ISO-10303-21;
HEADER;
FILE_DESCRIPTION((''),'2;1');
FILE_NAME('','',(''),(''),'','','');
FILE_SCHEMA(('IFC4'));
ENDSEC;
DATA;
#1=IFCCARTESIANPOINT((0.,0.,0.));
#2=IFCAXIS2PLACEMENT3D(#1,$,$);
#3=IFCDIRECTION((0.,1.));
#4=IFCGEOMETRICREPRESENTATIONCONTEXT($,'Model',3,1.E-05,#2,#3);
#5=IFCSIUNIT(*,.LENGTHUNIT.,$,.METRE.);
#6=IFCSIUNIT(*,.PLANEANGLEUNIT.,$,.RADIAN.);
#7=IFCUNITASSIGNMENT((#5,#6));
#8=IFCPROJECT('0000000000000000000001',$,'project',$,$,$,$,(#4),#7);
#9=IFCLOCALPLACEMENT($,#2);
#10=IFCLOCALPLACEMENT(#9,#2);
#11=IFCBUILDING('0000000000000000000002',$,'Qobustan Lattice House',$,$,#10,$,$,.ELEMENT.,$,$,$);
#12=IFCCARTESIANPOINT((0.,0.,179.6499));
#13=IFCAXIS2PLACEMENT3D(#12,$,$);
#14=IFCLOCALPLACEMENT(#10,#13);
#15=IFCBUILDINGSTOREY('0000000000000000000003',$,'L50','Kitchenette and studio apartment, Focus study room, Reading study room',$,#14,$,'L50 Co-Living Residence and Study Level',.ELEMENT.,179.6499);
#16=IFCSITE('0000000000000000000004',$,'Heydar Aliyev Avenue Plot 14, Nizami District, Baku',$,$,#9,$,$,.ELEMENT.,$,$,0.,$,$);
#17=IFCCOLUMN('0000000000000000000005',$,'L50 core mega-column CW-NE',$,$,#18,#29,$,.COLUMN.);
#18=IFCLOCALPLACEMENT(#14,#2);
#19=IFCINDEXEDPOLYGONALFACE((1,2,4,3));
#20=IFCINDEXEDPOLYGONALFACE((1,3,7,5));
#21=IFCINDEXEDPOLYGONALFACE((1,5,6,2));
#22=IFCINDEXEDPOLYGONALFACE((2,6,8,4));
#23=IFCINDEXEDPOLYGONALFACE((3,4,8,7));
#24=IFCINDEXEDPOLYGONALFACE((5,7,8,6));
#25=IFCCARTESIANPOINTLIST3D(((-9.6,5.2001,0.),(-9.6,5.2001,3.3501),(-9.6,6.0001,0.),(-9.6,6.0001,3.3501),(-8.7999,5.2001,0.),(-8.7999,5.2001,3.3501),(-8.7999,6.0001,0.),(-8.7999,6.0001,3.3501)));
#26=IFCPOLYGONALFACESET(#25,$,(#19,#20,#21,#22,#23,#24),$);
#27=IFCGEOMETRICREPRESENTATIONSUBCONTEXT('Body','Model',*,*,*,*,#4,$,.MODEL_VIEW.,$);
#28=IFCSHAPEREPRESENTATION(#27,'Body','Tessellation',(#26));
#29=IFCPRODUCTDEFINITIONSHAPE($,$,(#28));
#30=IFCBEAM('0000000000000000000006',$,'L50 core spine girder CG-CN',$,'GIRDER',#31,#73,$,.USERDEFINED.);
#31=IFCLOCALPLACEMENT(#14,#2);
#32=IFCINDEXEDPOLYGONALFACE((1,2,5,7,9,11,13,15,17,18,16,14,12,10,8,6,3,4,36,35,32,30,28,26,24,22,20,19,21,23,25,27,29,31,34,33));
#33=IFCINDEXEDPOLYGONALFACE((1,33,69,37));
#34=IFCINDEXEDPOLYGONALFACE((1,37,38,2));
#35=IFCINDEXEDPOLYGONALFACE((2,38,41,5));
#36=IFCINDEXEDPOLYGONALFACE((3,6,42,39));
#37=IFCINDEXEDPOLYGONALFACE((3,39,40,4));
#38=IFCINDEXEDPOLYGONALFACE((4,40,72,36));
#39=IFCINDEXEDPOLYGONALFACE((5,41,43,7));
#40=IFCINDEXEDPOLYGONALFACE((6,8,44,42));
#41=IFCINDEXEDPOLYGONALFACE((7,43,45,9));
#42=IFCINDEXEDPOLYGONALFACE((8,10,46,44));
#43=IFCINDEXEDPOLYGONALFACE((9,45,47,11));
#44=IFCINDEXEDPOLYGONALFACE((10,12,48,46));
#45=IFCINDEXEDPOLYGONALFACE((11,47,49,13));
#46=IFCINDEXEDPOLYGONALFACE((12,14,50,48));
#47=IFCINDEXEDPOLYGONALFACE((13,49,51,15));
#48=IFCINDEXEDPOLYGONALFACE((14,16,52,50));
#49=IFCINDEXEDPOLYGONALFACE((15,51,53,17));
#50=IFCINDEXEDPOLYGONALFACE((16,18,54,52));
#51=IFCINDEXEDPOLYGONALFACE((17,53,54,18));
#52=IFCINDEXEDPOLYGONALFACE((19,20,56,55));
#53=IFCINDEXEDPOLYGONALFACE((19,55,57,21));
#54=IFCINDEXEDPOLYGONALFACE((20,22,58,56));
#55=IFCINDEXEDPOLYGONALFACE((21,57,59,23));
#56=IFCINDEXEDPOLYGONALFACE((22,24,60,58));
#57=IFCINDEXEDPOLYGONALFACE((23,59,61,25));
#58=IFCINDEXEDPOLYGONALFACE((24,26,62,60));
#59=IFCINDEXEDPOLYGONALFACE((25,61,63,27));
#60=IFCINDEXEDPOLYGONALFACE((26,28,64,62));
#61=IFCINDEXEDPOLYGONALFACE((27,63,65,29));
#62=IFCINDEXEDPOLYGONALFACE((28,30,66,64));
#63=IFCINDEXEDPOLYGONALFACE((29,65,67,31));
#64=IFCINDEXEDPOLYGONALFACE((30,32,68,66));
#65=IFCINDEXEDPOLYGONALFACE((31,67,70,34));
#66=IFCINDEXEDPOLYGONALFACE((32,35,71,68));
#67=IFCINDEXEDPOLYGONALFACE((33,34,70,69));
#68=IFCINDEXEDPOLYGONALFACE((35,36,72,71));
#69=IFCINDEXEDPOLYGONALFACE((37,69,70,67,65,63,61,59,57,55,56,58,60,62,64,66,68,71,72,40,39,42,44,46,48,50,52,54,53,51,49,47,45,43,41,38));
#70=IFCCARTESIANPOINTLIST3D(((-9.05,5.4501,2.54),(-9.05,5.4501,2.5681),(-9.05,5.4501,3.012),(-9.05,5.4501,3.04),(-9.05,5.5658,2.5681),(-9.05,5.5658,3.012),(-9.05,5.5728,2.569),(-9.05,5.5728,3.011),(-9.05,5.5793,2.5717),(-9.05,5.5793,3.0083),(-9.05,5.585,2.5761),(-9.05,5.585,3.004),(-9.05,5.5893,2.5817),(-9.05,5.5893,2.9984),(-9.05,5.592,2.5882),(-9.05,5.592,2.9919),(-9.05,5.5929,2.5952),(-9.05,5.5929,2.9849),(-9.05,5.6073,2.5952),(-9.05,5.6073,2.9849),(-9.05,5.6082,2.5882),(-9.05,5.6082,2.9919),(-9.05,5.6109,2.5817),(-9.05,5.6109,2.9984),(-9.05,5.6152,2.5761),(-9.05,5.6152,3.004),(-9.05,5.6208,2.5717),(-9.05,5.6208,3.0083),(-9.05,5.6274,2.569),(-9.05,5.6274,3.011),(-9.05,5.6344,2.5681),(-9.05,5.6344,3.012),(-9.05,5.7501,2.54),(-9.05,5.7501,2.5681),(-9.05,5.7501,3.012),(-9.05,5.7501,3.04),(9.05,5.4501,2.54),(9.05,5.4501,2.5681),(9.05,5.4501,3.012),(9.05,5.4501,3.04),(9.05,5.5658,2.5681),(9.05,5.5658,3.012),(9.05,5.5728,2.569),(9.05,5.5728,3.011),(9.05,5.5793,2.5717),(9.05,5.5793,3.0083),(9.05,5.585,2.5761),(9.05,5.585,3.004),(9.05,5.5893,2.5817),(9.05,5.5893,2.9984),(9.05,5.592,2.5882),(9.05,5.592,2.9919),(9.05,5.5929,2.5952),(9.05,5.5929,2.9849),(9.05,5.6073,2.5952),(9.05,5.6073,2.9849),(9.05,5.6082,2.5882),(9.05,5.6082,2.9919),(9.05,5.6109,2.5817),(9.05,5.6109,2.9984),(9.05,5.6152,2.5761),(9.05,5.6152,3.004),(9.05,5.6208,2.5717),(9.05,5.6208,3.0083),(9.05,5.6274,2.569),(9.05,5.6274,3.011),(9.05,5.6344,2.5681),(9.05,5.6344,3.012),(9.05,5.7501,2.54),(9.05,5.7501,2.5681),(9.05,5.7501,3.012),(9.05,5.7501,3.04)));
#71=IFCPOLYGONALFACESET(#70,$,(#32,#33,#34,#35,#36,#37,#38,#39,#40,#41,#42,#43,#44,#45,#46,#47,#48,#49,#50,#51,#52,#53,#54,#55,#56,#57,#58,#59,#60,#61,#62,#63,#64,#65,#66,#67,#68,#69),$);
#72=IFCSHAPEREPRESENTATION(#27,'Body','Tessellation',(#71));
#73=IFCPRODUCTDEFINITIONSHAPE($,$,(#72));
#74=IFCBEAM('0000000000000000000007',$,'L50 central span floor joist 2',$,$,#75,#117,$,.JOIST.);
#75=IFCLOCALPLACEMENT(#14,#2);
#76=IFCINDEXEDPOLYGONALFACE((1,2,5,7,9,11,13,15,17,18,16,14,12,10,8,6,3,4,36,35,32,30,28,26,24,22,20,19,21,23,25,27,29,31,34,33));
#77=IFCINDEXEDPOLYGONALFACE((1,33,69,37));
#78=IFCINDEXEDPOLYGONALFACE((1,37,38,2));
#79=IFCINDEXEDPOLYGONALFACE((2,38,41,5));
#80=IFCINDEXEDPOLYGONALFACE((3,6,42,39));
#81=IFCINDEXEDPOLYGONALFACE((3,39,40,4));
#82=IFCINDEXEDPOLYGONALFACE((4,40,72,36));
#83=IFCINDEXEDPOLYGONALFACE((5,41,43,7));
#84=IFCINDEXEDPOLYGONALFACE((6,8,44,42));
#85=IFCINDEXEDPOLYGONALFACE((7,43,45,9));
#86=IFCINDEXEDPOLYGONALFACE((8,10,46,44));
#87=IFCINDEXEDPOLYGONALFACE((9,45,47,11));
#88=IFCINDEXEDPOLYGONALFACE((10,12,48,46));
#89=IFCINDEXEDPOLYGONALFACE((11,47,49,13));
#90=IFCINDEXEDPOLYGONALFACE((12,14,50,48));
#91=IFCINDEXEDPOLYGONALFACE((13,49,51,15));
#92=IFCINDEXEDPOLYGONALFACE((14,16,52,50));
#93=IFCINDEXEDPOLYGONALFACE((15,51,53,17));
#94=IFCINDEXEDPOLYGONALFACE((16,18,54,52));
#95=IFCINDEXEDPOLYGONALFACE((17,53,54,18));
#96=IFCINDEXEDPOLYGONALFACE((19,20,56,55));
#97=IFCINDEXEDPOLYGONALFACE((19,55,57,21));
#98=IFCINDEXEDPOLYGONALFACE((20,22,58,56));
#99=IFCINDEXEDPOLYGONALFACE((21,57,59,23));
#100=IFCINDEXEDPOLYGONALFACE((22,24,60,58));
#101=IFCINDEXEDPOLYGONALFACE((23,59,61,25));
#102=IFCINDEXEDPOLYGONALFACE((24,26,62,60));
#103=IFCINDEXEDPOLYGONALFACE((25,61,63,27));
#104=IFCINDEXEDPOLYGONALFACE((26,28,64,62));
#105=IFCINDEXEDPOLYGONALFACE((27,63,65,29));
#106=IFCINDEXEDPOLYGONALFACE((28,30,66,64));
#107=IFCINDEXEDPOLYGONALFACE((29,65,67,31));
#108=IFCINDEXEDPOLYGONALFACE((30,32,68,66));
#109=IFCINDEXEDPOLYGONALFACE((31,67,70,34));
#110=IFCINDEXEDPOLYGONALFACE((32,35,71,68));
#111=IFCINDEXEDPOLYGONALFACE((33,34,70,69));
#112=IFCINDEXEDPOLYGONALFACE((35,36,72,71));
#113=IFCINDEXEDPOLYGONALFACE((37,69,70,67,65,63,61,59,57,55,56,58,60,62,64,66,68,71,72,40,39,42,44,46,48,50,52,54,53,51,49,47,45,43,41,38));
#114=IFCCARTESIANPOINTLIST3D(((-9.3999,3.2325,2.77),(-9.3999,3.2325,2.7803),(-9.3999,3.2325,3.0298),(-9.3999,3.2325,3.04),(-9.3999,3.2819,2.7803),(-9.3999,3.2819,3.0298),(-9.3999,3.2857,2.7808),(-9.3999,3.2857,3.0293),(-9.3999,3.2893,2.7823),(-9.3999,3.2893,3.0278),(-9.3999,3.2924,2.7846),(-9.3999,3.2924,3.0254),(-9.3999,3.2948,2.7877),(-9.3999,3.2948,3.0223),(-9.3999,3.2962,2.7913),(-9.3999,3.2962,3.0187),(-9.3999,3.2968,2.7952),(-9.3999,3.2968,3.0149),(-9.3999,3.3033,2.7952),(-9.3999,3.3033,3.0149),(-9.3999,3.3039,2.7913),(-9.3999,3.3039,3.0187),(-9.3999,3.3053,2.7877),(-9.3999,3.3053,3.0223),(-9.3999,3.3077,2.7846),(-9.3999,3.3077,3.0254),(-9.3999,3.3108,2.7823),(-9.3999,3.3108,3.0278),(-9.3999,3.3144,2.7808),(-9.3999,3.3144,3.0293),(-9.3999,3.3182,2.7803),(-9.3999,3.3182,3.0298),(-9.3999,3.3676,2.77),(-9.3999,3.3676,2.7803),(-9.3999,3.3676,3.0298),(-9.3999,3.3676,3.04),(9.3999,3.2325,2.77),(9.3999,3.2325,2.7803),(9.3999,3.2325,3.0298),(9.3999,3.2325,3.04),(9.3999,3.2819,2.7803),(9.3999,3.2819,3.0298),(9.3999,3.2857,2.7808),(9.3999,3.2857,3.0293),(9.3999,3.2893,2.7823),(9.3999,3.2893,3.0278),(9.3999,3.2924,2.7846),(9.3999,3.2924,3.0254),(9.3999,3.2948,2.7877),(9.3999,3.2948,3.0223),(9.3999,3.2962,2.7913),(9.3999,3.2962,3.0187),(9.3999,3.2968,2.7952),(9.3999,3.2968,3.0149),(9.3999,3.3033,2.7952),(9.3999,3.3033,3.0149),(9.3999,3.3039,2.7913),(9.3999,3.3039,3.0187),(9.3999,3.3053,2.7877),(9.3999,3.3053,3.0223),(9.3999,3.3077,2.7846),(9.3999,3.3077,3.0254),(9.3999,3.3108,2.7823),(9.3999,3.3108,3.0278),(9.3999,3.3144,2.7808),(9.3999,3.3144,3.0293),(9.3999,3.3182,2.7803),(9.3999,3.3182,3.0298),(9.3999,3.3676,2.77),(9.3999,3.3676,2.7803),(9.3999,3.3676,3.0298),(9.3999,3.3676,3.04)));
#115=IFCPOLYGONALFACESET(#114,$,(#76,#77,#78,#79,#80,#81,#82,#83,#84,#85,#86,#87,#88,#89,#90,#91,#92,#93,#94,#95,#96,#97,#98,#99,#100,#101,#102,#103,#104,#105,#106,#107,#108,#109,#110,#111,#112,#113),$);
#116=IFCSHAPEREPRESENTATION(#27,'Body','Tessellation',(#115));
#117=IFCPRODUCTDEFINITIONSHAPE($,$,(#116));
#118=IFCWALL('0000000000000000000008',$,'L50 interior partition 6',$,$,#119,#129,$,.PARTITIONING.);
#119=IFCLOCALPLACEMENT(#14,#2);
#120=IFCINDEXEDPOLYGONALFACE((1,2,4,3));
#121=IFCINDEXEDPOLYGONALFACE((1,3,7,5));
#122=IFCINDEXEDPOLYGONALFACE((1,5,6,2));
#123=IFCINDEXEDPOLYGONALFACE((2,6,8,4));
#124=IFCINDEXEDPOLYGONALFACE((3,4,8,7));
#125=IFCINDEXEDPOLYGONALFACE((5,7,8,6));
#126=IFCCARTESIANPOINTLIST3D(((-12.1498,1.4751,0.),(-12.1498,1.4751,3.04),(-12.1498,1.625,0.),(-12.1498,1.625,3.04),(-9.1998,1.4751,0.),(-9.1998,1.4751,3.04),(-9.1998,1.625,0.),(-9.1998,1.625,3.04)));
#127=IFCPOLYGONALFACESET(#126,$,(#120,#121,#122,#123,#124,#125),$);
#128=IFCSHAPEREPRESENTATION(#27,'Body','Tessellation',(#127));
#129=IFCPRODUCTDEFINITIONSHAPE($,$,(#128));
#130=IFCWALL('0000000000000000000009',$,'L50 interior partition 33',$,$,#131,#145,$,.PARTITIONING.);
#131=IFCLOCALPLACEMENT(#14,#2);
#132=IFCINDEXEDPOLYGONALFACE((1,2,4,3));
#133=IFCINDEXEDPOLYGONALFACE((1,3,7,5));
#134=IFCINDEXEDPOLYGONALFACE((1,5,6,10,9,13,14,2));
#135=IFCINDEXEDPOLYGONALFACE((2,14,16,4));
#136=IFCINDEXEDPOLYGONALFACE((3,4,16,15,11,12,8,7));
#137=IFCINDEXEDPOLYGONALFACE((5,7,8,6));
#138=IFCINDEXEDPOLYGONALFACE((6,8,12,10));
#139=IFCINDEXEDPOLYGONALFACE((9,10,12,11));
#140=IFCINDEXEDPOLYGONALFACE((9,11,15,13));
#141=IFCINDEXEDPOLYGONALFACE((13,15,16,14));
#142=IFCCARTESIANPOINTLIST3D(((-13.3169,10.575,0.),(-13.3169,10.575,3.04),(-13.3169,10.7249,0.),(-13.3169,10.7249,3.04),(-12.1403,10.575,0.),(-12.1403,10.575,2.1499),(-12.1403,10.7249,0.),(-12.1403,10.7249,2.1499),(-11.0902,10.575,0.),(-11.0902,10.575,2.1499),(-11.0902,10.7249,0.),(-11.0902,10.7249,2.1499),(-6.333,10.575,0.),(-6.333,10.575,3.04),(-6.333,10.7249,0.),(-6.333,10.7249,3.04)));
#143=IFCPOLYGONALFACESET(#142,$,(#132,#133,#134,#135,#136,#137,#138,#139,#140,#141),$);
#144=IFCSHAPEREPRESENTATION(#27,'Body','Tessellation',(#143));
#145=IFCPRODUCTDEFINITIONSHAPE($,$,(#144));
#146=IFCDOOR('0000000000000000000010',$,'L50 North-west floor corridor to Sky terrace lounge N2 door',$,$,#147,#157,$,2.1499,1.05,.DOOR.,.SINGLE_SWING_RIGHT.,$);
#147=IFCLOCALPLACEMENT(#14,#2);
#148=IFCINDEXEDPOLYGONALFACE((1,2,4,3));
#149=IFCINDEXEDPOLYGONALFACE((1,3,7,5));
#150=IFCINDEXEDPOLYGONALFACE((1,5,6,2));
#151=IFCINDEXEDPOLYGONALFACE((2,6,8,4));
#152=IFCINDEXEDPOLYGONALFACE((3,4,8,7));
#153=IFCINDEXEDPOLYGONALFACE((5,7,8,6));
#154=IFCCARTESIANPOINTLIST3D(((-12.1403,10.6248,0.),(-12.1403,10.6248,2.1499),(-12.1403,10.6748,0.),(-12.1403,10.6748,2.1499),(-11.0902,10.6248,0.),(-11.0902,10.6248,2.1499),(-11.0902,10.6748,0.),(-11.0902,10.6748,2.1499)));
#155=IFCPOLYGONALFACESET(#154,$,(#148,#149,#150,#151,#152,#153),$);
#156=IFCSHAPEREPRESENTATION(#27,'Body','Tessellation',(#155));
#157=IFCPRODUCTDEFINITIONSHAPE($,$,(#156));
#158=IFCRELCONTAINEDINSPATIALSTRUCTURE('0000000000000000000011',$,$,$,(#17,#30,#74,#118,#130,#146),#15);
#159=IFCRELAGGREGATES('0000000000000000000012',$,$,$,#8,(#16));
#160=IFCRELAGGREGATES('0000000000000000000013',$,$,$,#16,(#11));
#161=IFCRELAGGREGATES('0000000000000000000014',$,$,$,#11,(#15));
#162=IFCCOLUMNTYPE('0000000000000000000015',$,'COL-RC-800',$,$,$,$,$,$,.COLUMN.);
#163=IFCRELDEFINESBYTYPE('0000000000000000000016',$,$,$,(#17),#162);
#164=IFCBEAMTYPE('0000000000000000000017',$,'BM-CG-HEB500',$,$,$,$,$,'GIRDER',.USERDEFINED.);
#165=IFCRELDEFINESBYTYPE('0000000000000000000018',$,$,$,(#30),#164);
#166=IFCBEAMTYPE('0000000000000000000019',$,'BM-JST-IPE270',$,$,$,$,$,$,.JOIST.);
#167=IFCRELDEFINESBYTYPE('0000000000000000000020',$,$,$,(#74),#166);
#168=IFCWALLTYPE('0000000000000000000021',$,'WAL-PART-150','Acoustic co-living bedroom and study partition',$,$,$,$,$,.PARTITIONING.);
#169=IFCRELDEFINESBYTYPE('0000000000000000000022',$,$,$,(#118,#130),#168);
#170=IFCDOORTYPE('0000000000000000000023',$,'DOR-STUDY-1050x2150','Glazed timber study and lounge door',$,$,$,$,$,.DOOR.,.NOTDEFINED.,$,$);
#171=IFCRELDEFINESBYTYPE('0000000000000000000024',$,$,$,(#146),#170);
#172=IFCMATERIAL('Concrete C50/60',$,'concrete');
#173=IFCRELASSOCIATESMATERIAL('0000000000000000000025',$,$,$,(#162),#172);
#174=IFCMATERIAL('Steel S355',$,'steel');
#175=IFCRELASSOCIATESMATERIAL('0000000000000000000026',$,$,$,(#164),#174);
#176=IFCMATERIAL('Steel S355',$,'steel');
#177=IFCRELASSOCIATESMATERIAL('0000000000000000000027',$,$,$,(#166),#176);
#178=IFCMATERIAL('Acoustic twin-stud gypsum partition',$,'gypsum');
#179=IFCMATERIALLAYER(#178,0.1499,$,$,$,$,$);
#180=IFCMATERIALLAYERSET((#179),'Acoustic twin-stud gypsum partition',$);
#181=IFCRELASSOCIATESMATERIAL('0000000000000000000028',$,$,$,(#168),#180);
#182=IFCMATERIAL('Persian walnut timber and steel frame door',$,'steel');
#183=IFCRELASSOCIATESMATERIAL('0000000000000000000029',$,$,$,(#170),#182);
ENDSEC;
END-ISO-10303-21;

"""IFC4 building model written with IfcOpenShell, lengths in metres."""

from ifc_helpers import new_model, si_unit, direction, frame, frame_2d, origin, origin_2d, place, context, subcontext, project, spatial, rectangle, i_section, extrude, material, layer, layer_set, material_profile, profile_set, type_object, element, fill, save


model = new_model("IFC4")

# Units and contexts
model_context = context("Model", 3, precision=1e-05, world=origin(), true_north=direction((0.0, 1.0)))
body_context = subcontext(model_context, "Body", "Model", "MODEL_VIEW")
ifc_project = project(units=[si_unit("LENGTHUNIT", "METRE"), si_unit("PLANEANGLEUNIT", "RADIAN")], contexts=[model_context])

# Site, building, storey
site_placement = place(None, origin())
site = spatial("IfcSite", under=ifc_project, at=site_placement, Name="Heydar Aliyev Avenue Plot 14, Nizami District, Baku", CompositionType="ELEMENT", RefElevation=0.0)
building_placement = place(site_placement, origin())
building = spatial("IfcBuilding", under=site, at=building_placement, Name="Qobustan Lattice House", CompositionType="ELEMENT")
storey_placement = place(building_placement, frame((0.0, 0.0, 179.6499)))
storey = spatial("IfcBuildingStorey", under=building, at=storey_placement, Name="L50", Description="Kitchenette and studio apartment, Focus study room, Reading study room", LongName="L50 Co-Living Residence and Study Level", CompositionType="ELEMENT", Elevation=179.6499)

# Column
ifc_material_1 = material(Name="Concrete C50/60", Category="concrete")
ifc_material_profile_1 = material_profile(ifc_material_1, rectangle(XDim=0.8, YDim=0.8, at=origin_2d()), Name="RC800x800")
ifc_profile_set_1 = profile_set([ifc_material_profile_1], Name="Concrete C50/60")
column_type = type_object("IfcColumnType", Name="COL-RC-800", PredefinedType="COLUMN", material=ifc_profile_set_1)
column_placement = place(storey_placement, frame((-9.2, 5.6001, 0.0), z_axis=(0.0, 0.0, 1.0), x_axis=(1.0, 0.0, 0.0)))
element("IfcColumn", 1, at=column_placement, inside=storey, type_object=column_type, Name="L50 core mega-column CW-NE", PredefinedType="COLUMN", context=body_context, shape_type="SweptSolid", body=[
    extrude(rectangle(XDim=0.8, YDim=0.8, at=origin_2d()), origin(), (0.0, 0.0, 1.0), 3.3501),
])

# Beams
ifc_material_2 = material(Name="Steel S355", Category="steel")
ifc_material_profile_2 = material_profile(ifc_material_2, i_section(OverallWidth=0.3, OverallDepth=0.5, WebThickness=0.0144, FlangeThickness=0.0281, FilletRadius=0.0271, at=origin_2d()), Name="HEB500")
ifc_profile_set_2 = profile_set([ifc_material_profile_2], Name="Steel S355")
beam_type_1 = type_object("IfcBeamType", Name="BM-CG-HEB500", ElementType="GIRDER", PredefinedType="USERDEFINED", material=ifc_profile_set_2)
beam_1_placement = place(storey_placement, frame((-9.05, 5.6001, 2.79), z_axis=(1.0, 0.0, 0.0), x_axis=(0.0, 1.0, 0.0)))
element("IfcBeam", 2, at=beam_1_placement, inside=storey, type_object=beam_type_1, Name="L50 core spine girder CG-CN", ObjectType="GIRDER", PredefinedType="USERDEFINED", context=body_context, shape_type="SweptSolid", body=[
    extrude(i_section(OverallWidth=0.3, OverallDepth=0.5, WebThickness=0.0144, FlangeThickness=0.0281, FilletRadius=0.0271, at=origin_2d()), origin(), (0.0, 0.0, 1.0), 18.1001),
])
ifc_material_3 = material(Name="Steel S355", Category="steel")
ifc_material_profile_3 = material_profile(ifc_material_3, i_section(OverallWidth=0.135, OverallDepth=0.27, WebThickness=0.0066, FlangeThickness=0.0103, FilletRadius=0.0149, at=origin_2d()), Name="IPE270")
ifc_profile_set_3 = profile_set([ifc_material_profile_3], Name="Steel S355")
beam_type_2 = type_object("IfcBeamType", Name="BM-JST-IPE270", PredefinedType="JOIST", material=ifc_profile_set_3)
beam_2_placement = place(storey_placement, frame((-9.3999, 3.3, 2.905), z_axis=(1.0, 0.0, 0.0), x_axis=(0.0, 1.0, 0.0)))
element("IfcBeam", 3, at=beam_2_placement, inside=storey, type_object=beam_type_2, Name="L50 central span floor joist 2", PredefinedType="JOIST", context=body_context, shape_type="SweptSolid", body=[
    extrude(i_section(OverallWidth=0.135, OverallDepth=0.27, WebThickness=0.0066, FlangeThickness=0.0103, FilletRadius=0.0149, at=origin_2d()), origin(), (0.0, 0.0, 1.0), 18.7998),
])

# Wall
ifc_material_4 = material(Name="Acoustic twin-stud gypsum partition", Category="gypsum")
ifc_layer_1 = layer(ifc_material_4, 0.1499)
ifc_layer_set_1 = layer_set([ifc_layer_1], Name="Acoustic twin-stud gypsum partition")
wall_type_1 = type_object("IfcWallType", Name="WAL-PART-150", Description="Acoustic co-living bedroom and study partition", PredefinedType="PARTITIONING", material=ifc_layer_set_1)
wall_1_placement = place(storey_placement, frame((-12.1499, 1.55, 0.0), z_axis=(0.0, 0.0, 1.0), x_axis=(1.0, 0.0, 0.0)))
element("IfcWall", 4, at=wall_1_placement, inside=storey, type_object=wall_type_1, Name="L50 interior partition 6", PredefinedType="PARTITIONING", context=body_context, shape_type="SweptSolid", body=[
    extrude(rectangle(XDim=2.95, YDim=0.1499, at=frame_2d((1.4751, 0.0))), origin(), (0.0, 0.0, 1.0), 3.04),
])

# Wall, opening, door
wall_2_placement = place(storey_placement, frame((-13.3169, 10.6499, 0.0), z_axis=(0.0, 0.0, 1.0), x_axis=(1.0, 0.0, 0.0)))
wall_2 = element("IfcWall", 5, at=wall_2_placement, inside=storey, type_object=wall_type_1, Name="L50 interior partition 33", PredefinedType="PARTITIONING", context=body_context, shape_type="SweptSolid", body=[
    extrude(rectangle(XDim=6.9839, YDim=0.1499, at=frame_2d((3.4919, 0.0))), origin(), (0.0, 0.0, 1.0), 3.04),
])
opening_1_placement = place(wall_2_placement, frame((1.1768, 0.0, 0.0)))
opening_1 = element("IfcOpeningElement", 6, at=opening_1_placement, cuts=wall_2, PredefinedType="OPENING", context=body_context, shape_type="SweptSolid", body=[
    extrude(rectangle(XDim=1.05, YDim=2.1499, at=frame_2d((0.5249, 1.075))), frame((0.0, 0.085, 0.0), z_axis=(0.0, -1.0, 0.0), x_axis=(1.0, 0.0, 0.0)), (0.0, 0.0, 1.0), 0.1699),
])
ifc_material_5 = material(Name="Persian walnut timber and steel frame door", Category="steel")
door_type_1 = type_object("IfcDoorType", Name="DOR-STUDY-1050x2150", Description="Glazed timber study and lounge door", OperationType="NOTDEFINED", PredefinedType="DOOR", material=ifc_material_5)
door_1_placement = place(opening_1_placement, origin())
door_1 = element("IfcDoor", 7, at=door_1_placement, inside=storey, type_object=door_type_1, Name="L50 North-west floor corridor to Sky terrace lounge N2 door", OperationType="SINGLE_SWING_RIGHT", OverallHeight=2.1499, OverallWidth=1.05, PredefinedType="DOOR", context=body_context, shape_type="SweptSolid", body=[
    extrude(rectangle(XDim=1.05, YDim=2.1499, at=frame_2d((0.5249, 1.075))), frame((0.0, 0.0249, 0.0), z_axis=(0.0, -1.0, 0.0), x_axis=(1.0, 0.0, 0.0)), (0.0, 0.0, 1.0), 0.05),
])
fill(opening_1, door_1)

save(model, "model.ifc")
